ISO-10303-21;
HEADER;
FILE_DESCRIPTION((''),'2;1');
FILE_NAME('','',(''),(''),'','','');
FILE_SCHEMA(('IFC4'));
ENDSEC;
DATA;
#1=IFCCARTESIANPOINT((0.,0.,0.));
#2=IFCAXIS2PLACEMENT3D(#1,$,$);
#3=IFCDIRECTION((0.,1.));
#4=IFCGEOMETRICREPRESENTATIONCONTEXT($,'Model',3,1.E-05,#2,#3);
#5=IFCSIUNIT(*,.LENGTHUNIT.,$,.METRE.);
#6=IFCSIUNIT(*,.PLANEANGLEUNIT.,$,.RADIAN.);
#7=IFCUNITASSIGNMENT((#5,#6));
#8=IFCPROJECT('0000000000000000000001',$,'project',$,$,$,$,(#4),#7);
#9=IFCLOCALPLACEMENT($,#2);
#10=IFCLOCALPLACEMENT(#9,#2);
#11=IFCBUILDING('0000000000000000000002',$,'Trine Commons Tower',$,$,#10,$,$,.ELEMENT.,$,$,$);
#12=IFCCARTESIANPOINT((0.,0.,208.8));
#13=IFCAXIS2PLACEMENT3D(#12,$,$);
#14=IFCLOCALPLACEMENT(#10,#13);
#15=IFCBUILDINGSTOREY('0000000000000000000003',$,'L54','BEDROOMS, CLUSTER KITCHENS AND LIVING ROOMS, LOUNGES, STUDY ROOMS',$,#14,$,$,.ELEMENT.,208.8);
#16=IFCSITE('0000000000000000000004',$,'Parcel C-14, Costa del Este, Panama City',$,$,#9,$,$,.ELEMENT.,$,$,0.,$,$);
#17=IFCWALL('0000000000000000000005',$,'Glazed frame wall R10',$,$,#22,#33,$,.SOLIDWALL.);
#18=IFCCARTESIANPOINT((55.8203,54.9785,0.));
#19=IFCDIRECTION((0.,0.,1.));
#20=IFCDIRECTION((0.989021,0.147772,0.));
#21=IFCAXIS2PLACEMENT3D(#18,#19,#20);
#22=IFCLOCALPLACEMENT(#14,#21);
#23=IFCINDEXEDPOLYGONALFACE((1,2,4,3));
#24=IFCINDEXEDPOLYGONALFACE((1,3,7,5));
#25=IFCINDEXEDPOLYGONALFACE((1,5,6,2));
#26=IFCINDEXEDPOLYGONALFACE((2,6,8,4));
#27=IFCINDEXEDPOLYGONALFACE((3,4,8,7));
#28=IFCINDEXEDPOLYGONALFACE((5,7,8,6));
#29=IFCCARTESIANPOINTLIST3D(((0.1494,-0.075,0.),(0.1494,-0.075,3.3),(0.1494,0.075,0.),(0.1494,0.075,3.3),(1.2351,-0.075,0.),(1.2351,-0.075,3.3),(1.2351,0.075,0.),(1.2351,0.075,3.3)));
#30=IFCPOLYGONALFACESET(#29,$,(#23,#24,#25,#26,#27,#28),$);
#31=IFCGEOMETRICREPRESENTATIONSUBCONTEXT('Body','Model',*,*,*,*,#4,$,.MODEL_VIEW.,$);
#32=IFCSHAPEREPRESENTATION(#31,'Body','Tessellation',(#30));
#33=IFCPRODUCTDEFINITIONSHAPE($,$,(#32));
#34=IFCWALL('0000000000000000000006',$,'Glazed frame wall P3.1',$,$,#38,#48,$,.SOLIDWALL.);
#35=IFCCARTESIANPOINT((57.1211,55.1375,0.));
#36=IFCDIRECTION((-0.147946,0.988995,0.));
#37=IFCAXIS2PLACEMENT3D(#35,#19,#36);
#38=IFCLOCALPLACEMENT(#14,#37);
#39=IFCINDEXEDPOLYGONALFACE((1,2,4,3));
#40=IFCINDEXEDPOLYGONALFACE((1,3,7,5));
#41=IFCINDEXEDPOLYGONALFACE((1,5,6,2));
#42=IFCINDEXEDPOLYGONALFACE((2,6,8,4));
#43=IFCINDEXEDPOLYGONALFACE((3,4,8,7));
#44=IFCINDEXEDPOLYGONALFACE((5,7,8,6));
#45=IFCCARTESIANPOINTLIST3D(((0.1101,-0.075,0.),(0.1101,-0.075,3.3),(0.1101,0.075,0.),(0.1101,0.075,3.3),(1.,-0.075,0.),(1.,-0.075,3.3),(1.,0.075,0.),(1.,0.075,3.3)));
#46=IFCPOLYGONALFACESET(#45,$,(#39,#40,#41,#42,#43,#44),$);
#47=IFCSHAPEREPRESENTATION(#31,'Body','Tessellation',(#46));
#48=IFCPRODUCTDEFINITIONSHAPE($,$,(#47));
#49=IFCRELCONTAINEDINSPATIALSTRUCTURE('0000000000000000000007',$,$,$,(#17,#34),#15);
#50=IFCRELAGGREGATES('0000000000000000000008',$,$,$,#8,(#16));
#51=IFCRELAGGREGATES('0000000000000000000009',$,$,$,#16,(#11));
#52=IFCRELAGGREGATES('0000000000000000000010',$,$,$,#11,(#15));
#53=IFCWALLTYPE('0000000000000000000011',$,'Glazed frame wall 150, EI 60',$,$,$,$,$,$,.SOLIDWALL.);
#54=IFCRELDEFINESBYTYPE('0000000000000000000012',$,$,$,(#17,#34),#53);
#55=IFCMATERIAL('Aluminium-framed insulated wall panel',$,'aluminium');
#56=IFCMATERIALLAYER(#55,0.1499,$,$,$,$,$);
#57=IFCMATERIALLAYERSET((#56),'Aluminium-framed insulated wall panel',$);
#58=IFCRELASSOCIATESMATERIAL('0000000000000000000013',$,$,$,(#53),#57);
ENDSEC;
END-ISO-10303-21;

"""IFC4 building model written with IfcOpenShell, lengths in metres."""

from ifc_helpers import new_model, si_unit, direction, frame, origin, place, context, subcontext, project, spatial, polyline, outline, extrude, material, layer, layer_set, type_object, element, save


model = new_model("IFC4")

# Units and contexts
model_context = context("Model", 3, precision=1e-05, world=origin(), true_north=direction((0.0, 1.0)))
body_context = subcontext(model_context, "Body", "Model", "MODEL_VIEW")
ifc_project = project(units=[si_unit("LENGTHUNIT", "METRE"), si_unit("PLANEANGLEUNIT", "RADIAN")], contexts=[model_context])

# Site, building, storey
site_placement = place(None, origin())
site = spatial("IfcSite", under=ifc_project, at=site_placement, Name="Parcel C-14, Costa del Este, Panama City", CompositionType="ELEMENT", RefElevation=0.0)
building_placement = place(site_placement, origin())
building = spatial("IfcBuilding", under=site, at=building_placement, Name="Trine Commons Tower", CompositionType="ELEMENT")
storey_placement = place(building_placement, frame((0.0, 0.0, 208.8)))
storey = spatial("IfcBuildingStorey", under=building, at=storey_placement, Name="L54", Description="BEDROOMS, CLUSTER KITCHENS AND LIVING ROOMS, LOUNGES, STUDY ROOMS", CompositionType="ELEMENT", Elevation=208.8)

# Walls
ifc_material_1 = material(Name="Aluminium-framed insulated wall panel", Category="aluminium")
ifc_layer_1 = layer(ifc_material_1, 0.1499)
ifc_layer_set_1 = layer_set([ifc_layer_1], Name="Aluminium-framed insulated wall panel")
wall_type_1 = type_object("IfcWallType", Name="Glazed frame wall 150, EI 60", PredefinedType="SOLIDWALL", material=ifc_layer_set_1)
wall_1_placement = place(storey_placement, frame((55.8203, 54.9785, 0.0), z_axis=(0.0, 0.0, 1.0), x_axis=(0.989021, 0.147772, 0.0)))
element("IfcWall", 1, at=wall_1_placement, inside=storey, type_object=wall_type_1, Name="Glazed frame wall R10", PredefinedType="SOLIDWALL", context=body_context, shape_type="SweptSolid", body=[
    extrude(outline(polyline([(0.1494, 0.075), (0.1494, -0.075), (1.2351, -0.075), (1.2351, 0.075), (0.1494, 0.075)])), origin(), (0.0, 0.0, 1.0), 3.3),
])
wall_2_placement = place(storey_placement, frame((57.1211, 55.1375, 0.0), z_axis=(0.0, 0.0, 1.0), x_axis=(-0.147946, 0.988995, 0.0)))
element("IfcWall", 2, at=wall_2_placement, inside=storey, type_object=wall_type_1, Name="Glazed frame wall P3.1", PredefinedType="SOLIDWALL", context=body_context, shape_type="SweptSolid", body=[
    extrude(outline(polyline([(0.1101, -0.075), (1.0, -0.075), (1.0, 0.075), (0.1101, 0.075), (0.1101, -0.075)])), origin(), (0.0, 0.0, 1.0), 3.3),
])

save(model, "model.ifc")
